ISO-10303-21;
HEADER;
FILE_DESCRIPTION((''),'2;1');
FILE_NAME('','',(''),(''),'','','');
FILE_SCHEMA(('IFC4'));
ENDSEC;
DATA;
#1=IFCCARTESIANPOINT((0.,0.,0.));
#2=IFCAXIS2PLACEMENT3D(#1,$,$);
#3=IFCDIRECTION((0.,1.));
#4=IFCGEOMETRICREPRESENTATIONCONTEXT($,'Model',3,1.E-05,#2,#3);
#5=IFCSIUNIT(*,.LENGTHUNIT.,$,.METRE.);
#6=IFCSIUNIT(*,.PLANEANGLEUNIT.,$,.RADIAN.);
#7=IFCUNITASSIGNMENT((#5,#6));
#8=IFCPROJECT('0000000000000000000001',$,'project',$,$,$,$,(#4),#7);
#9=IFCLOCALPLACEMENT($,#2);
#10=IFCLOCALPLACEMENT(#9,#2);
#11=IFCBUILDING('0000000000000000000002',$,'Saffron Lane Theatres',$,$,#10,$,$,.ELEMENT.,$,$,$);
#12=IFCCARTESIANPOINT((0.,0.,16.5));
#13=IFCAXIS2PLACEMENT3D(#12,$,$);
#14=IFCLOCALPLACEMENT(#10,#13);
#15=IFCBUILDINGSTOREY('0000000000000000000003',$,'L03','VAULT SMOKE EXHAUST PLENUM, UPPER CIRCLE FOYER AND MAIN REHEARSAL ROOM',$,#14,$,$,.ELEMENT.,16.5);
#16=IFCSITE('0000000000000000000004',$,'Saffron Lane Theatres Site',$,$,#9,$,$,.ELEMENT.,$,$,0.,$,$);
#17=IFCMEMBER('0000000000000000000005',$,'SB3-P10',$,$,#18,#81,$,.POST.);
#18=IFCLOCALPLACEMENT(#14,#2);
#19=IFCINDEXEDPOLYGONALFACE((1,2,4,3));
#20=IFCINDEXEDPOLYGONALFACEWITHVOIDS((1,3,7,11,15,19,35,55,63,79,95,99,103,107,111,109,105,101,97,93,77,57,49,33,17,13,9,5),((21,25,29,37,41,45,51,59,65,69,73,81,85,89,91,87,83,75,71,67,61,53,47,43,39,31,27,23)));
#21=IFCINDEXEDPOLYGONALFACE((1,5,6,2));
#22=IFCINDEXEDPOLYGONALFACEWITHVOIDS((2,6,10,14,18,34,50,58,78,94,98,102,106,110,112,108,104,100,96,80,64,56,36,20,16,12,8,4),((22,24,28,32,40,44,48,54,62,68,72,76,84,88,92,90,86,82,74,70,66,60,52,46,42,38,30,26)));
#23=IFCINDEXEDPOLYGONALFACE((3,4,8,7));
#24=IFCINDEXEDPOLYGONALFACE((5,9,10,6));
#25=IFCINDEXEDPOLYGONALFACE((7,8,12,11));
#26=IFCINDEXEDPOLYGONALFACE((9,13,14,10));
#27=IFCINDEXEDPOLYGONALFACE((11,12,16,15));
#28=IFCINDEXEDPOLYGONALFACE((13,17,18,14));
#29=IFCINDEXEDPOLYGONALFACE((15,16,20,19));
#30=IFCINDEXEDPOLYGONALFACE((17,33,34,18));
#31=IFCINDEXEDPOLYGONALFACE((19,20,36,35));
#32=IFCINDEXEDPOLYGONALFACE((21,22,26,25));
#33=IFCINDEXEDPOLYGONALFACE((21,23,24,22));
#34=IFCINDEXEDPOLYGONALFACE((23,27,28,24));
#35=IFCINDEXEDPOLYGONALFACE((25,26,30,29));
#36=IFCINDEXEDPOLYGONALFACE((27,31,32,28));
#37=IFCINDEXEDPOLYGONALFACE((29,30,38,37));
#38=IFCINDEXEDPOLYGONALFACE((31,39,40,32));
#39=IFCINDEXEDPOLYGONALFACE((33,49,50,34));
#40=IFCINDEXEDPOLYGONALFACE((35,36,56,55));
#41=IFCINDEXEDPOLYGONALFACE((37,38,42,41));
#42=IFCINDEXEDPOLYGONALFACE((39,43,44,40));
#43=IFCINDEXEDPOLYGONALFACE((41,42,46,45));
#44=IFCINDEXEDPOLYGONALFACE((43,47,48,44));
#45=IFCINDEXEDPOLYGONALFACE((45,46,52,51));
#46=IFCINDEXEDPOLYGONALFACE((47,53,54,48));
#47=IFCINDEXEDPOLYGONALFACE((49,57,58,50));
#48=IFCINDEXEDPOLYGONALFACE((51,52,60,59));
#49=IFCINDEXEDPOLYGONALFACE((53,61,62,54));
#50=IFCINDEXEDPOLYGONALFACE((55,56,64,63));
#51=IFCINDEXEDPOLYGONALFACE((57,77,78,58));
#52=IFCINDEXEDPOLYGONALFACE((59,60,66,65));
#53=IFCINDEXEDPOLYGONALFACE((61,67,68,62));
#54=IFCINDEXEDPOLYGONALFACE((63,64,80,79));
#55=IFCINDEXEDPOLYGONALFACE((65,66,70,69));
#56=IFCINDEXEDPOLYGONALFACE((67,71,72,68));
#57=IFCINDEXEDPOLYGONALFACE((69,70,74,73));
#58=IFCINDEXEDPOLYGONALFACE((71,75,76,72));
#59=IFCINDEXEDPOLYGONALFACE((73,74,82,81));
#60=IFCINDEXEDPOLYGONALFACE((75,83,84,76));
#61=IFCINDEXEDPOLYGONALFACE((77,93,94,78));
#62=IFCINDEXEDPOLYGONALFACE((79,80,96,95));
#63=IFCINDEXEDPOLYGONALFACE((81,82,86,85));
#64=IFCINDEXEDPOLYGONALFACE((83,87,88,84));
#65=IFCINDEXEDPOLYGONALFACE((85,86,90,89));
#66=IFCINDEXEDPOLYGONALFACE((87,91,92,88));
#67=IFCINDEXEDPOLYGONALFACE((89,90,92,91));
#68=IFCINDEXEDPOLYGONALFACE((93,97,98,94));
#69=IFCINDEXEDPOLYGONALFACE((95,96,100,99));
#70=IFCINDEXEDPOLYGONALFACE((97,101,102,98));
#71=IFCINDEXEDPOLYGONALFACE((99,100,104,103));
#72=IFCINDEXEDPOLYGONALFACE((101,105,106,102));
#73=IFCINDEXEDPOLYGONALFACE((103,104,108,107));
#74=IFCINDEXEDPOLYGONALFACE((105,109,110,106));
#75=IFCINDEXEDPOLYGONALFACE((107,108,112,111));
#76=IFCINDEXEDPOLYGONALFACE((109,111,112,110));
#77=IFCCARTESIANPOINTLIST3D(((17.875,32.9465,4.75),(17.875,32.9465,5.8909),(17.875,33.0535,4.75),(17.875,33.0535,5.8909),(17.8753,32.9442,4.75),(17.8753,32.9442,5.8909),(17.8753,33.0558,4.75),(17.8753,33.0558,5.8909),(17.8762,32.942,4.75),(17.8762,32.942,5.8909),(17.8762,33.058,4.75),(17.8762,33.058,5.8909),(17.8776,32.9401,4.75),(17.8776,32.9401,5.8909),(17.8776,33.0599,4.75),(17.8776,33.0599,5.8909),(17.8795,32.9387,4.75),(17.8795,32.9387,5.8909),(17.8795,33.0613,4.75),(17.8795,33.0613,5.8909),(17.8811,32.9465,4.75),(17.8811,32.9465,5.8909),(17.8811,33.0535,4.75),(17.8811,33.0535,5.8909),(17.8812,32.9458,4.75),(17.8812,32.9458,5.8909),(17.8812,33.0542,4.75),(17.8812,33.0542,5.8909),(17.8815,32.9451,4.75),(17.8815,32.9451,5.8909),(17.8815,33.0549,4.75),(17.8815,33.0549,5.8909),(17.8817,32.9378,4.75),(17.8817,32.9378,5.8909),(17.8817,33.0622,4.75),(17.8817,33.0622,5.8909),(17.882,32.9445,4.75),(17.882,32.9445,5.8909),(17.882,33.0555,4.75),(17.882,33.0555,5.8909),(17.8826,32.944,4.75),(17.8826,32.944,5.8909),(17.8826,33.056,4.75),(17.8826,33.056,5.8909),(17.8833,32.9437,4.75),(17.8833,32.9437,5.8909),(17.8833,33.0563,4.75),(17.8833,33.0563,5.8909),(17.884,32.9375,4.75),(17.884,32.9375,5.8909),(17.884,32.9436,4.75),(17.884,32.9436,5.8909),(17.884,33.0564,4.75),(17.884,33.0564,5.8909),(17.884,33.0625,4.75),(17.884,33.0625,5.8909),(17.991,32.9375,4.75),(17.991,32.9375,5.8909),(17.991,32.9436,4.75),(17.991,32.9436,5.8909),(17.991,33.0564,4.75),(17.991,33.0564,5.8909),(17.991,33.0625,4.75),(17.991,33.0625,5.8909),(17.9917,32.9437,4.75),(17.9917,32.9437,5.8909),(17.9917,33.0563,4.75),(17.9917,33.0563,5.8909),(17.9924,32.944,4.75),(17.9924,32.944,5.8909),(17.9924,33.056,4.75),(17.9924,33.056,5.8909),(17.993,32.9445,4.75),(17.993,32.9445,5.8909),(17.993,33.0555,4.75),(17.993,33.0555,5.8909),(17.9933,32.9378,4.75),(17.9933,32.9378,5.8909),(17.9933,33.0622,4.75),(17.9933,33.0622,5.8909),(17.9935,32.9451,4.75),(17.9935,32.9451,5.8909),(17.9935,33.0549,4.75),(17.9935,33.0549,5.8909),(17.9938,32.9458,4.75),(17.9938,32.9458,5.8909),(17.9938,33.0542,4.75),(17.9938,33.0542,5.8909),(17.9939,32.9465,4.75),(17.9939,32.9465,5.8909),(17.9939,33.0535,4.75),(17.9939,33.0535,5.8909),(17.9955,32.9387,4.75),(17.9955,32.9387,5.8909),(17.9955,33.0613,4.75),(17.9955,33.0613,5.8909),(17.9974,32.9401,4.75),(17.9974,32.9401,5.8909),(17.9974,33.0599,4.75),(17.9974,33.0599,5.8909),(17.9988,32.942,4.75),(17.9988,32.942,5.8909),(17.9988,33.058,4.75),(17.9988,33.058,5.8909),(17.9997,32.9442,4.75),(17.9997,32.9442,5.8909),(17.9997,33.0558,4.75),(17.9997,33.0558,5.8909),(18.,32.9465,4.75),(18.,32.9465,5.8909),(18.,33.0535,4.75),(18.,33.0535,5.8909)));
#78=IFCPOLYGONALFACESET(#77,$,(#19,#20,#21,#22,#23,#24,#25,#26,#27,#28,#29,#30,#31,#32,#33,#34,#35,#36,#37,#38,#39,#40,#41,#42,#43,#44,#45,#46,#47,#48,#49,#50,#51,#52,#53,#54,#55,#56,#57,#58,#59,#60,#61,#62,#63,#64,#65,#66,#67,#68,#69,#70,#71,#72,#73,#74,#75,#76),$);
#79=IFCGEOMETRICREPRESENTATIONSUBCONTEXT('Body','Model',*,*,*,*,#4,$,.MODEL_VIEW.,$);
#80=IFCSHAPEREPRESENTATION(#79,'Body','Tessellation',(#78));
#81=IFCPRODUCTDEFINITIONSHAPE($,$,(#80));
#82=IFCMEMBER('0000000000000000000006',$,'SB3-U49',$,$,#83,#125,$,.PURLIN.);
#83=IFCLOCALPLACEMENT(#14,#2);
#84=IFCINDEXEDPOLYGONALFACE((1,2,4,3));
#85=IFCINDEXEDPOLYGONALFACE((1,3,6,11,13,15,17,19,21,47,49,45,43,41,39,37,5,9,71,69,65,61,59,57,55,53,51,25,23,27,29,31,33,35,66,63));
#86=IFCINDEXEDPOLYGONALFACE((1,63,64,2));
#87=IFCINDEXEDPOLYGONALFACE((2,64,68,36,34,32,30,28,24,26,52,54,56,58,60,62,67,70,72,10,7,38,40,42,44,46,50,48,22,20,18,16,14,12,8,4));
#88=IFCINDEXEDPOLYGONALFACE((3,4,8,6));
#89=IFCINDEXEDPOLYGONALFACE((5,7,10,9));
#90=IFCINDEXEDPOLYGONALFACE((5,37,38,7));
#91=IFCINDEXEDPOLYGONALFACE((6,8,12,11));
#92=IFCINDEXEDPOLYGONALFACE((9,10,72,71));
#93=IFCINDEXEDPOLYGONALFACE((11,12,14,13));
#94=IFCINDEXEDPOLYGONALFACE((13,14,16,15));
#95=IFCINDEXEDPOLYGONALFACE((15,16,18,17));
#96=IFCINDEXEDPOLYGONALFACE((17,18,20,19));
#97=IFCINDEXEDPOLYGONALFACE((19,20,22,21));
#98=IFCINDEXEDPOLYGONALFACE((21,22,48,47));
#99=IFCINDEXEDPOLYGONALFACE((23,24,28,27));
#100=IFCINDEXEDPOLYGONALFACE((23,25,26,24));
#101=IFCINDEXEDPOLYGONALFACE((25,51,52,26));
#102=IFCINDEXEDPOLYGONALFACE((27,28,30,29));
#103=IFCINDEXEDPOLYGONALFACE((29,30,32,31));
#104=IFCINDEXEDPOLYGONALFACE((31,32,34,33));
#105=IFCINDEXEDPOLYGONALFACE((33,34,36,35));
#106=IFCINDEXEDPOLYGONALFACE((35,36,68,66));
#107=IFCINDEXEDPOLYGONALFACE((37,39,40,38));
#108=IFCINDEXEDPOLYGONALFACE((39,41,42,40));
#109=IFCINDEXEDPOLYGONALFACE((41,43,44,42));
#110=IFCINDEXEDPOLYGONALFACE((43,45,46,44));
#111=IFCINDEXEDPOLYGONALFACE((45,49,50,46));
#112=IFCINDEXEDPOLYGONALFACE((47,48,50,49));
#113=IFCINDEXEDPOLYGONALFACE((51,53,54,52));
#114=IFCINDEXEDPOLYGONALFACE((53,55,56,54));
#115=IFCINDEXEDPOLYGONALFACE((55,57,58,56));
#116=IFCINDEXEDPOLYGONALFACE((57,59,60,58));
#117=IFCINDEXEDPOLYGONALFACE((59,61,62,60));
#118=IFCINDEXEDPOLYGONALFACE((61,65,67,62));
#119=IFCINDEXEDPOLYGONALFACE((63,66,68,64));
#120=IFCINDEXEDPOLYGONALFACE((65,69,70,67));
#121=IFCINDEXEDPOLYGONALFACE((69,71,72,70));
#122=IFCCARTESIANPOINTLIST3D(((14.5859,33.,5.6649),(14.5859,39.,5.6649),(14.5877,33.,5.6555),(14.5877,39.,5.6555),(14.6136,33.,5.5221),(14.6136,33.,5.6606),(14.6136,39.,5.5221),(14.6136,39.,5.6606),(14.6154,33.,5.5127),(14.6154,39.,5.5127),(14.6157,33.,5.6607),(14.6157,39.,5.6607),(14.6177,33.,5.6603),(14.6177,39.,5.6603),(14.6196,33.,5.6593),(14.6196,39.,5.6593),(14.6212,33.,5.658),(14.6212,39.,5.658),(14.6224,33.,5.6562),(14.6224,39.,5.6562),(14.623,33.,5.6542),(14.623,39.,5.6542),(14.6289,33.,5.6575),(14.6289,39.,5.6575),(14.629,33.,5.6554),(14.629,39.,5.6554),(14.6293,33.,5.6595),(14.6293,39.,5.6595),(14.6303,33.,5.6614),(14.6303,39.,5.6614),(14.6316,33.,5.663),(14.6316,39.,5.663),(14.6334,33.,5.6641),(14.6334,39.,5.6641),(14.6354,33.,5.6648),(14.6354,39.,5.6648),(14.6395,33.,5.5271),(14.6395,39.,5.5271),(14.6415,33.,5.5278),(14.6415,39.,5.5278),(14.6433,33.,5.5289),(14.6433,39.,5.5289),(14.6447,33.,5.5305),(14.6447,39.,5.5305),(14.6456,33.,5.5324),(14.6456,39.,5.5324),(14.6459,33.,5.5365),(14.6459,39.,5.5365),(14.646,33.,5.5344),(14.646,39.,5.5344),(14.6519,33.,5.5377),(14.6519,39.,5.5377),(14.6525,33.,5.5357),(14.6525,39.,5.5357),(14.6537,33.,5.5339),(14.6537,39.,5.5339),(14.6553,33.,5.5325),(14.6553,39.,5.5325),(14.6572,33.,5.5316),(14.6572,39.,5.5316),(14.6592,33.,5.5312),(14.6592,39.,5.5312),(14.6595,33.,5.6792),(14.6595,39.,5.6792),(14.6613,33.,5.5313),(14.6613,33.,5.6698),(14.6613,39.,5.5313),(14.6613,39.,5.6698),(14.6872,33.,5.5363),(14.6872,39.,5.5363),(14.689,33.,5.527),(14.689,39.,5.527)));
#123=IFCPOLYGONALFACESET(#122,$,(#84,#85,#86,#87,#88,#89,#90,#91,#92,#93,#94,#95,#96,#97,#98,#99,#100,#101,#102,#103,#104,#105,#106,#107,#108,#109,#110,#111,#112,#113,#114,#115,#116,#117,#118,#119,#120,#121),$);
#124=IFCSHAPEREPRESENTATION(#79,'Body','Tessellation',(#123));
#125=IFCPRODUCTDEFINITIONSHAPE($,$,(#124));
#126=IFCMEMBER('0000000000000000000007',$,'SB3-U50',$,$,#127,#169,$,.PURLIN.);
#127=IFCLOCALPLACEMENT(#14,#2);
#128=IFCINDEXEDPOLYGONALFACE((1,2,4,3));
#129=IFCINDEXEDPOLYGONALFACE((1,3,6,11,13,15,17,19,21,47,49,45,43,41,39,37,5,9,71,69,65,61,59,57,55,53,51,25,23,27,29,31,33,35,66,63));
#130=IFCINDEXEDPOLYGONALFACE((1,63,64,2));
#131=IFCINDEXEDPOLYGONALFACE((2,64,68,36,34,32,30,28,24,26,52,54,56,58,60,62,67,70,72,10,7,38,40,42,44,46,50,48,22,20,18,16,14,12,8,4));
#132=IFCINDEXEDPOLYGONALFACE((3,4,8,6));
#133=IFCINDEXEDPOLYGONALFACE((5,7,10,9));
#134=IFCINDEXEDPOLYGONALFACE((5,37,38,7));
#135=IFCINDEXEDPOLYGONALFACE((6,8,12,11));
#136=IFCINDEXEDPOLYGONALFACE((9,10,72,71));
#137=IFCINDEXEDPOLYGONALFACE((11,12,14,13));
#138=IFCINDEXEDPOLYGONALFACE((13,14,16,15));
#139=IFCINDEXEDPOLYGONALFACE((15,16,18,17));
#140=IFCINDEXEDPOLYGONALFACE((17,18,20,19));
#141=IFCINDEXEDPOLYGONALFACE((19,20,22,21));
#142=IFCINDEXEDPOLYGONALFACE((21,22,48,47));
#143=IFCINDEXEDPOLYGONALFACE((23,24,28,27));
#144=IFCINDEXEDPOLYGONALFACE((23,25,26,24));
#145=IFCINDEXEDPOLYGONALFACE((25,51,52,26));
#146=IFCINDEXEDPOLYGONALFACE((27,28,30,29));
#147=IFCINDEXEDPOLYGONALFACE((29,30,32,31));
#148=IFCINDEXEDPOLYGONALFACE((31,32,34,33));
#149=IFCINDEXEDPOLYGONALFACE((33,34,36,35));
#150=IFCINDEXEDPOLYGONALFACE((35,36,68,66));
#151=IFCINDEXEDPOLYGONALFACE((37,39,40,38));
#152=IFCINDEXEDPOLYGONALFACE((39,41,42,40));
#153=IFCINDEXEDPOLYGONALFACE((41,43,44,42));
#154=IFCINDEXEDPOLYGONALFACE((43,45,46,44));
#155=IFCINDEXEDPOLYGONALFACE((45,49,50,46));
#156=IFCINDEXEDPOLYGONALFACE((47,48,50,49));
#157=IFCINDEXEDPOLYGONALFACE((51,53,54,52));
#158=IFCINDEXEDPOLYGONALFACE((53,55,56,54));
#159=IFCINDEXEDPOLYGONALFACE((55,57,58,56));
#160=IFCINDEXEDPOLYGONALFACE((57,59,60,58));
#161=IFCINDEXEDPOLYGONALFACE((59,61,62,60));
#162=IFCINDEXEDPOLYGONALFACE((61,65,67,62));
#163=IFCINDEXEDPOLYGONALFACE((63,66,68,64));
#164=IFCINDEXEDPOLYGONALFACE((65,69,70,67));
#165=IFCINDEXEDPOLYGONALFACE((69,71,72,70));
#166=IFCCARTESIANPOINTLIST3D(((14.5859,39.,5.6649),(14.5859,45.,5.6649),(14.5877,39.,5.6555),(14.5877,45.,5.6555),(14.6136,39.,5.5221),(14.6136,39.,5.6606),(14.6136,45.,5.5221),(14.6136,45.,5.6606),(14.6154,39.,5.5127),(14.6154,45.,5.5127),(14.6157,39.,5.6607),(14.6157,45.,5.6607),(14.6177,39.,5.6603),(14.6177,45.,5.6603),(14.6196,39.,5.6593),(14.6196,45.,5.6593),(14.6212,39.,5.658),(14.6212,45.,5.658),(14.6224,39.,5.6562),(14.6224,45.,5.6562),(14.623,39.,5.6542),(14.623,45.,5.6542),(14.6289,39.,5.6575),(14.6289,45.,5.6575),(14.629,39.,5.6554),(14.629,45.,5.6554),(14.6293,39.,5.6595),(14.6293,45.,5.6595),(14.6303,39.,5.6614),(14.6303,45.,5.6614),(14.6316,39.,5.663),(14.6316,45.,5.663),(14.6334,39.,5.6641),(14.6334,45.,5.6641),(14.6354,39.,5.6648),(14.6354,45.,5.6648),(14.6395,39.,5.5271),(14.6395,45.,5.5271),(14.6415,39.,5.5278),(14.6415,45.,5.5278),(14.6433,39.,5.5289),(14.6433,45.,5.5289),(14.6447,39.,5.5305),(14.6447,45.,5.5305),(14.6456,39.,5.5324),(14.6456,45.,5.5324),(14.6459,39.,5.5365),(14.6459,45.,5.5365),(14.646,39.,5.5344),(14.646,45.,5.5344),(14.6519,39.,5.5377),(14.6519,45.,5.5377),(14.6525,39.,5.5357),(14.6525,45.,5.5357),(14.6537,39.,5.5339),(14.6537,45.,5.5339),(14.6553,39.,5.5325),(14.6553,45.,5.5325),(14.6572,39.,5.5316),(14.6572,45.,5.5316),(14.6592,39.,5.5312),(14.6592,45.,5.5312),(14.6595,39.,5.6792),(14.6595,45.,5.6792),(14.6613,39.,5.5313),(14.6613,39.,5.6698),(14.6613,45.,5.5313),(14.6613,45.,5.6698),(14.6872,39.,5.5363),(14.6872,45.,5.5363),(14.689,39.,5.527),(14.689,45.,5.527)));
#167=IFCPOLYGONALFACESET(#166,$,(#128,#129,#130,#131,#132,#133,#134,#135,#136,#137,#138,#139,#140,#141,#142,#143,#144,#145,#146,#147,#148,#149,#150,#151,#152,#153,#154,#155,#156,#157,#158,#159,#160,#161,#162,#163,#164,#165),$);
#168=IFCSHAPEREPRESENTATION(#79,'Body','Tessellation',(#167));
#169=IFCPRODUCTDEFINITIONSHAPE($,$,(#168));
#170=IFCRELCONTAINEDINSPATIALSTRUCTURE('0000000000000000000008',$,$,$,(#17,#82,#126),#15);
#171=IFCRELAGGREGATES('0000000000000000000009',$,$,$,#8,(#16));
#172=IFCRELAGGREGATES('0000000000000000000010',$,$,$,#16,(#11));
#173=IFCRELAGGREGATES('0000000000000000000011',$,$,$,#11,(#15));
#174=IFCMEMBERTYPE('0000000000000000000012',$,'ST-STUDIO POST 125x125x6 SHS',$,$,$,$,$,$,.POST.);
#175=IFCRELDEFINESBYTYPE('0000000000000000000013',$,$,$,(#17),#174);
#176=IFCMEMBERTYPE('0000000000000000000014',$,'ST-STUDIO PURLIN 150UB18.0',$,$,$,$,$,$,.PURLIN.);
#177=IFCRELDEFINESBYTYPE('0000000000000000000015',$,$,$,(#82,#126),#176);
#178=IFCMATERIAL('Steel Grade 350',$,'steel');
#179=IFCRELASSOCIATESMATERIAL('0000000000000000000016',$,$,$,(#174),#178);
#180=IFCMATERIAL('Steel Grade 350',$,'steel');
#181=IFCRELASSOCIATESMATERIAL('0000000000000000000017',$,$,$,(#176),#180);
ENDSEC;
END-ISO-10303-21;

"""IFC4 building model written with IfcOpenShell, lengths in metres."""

from ifc_helpers import new_model, si_unit, direction, frame, origin, origin_2d, place, context, subcontext, project, spatial, hollow_rectangle, i_section, extrude, material, material_profile, profile_set, type_object, element, save


model = new_model("IFC4")

# Units and contexts
model_context = context("Model", 3, precision=1e-05, world=origin(), true_north=direction((0.0, 1.0)))
body_context = subcontext(model_context, "Body", "Model", "MODEL_VIEW")
ifc_project = project(units=[si_unit("LENGTHUNIT", "METRE"), si_unit("PLANEANGLEUNIT", "RADIAN")], contexts=[model_context])

# Site, building, storey
site_placement = place(None, origin())
site = spatial("IfcSite", under=ifc_project, at=site_placement, Name="Saffron Lane Theatres Site", CompositionType="ELEMENT", RefElevation=0.0)
building_placement = place(site_placement, origin())
building = spatial("IfcBuilding", under=site, at=building_placement, Name="Saffron Lane Theatres", CompositionType="ELEMENT")
storey_placement = place(building_placement, frame((0.0, 0.0, 16.5)))
storey = spatial("IfcBuildingStorey", under=building, at=storey_placement, Name="L03", Description="VAULT SMOKE EXHAUST PLENUM, UPPER CIRCLE FOYER AND MAIN REHEARSAL ROOM", CompositionType="ELEMENT", Elevation=16.5)

# Members
ifc_material_1 = material(Name="Steel Grade 350", Category="steel")
ifc_material_profile_1 = material_profile(ifc_material_1, hollow_rectangle(XDim=0.125, YDim=0.125, WallThickness=0.0061, InnerFilletRadius=0.0029, OuterFilletRadius=0.009, at=origin_2d()))
ifc_profile_set_1 = profile_set([ifc_material_profile_1], Name="Steel Grade 350")
member_type_1 = type_object("IfcMemberType", Name="ST-STUDIO POST 125x125x6 SHS", PredefinedType="POST", material=ifc_profile_set_1)
member_1_placement = place(storey_placement, frame((17.9375, 33.0, 4.75), z_axis=(0.0, 0.0, 1.0), x_axis=(1.0, 0.0, 0.0)))
element("IfcMember", 1, at=member_1_placement, inside=storey, type_object=member_type_1, Name="SB3-P10", PredefinedType="POST", context=body_context, shape_type="SweptSolid", body=[
    extrude(hollow_rectangle(XDim=0.125, YDim=0.125, WallThickness=0.0061, InnerFilletRadius=0.0029, OuterFilletRadius=0.009, at=origin_2d()), origin(), (0.0, 0.0, 1.0), 1.1409),
])
ifc_material_2 = material(Name="Steel Grade 350", Category="steel")
ifc_material_profile_2 = material_profile(ifc_material_2, i_section(OverallWidth=0.075, OverallDepth=0.155, WebThickness=0.0061, FlangeThickness=0.0095, FilletRadius=0.0081, at=origin_2d()))
ifc_profile_set_2 = profile_set([ifc_material_profile_2], Name="Steel Grade 350")
member_type_2 = type_object("IfcMemberType", Name="ST-STUDIO PURLIN 150UB18.0", PredefinedType="PURLIN", material=ifc_profile_set_2)
for number, where, z_axis, x_axis, name in (
    (2, (14.6375, 33.0, 5.5959), (0.0, 1.0, 0.0), (-0.981661, 0.0, -0.190637), "SB3-U49"),
    (3, (14.6375, 39.0, 5.5959), (0.0, 1.0, 0.0), (-0.981661, 0.0, -0.190637), "SB3-U50"),
):
    element("IfcMember", number, at=place(storey_placement, frame(where, z_axis=z_axis, x_axis=x_axis)), inside=storey, type_object=member_type_2, Name=name, PredefinedType="PURLIN", context=body_context, shape_type="SweptSolid", body=[
        extrude(i_section(OverallWidth=0.075, OverallDepth=0.155, WebThickness=0.0061, FlangeThickness=0.0095, FilletRadius=0.0081, at=origin_2d()), origin(), (0.0, 0.0, 1.0), 6.0),
    ])

save(model, "model.ifc")
